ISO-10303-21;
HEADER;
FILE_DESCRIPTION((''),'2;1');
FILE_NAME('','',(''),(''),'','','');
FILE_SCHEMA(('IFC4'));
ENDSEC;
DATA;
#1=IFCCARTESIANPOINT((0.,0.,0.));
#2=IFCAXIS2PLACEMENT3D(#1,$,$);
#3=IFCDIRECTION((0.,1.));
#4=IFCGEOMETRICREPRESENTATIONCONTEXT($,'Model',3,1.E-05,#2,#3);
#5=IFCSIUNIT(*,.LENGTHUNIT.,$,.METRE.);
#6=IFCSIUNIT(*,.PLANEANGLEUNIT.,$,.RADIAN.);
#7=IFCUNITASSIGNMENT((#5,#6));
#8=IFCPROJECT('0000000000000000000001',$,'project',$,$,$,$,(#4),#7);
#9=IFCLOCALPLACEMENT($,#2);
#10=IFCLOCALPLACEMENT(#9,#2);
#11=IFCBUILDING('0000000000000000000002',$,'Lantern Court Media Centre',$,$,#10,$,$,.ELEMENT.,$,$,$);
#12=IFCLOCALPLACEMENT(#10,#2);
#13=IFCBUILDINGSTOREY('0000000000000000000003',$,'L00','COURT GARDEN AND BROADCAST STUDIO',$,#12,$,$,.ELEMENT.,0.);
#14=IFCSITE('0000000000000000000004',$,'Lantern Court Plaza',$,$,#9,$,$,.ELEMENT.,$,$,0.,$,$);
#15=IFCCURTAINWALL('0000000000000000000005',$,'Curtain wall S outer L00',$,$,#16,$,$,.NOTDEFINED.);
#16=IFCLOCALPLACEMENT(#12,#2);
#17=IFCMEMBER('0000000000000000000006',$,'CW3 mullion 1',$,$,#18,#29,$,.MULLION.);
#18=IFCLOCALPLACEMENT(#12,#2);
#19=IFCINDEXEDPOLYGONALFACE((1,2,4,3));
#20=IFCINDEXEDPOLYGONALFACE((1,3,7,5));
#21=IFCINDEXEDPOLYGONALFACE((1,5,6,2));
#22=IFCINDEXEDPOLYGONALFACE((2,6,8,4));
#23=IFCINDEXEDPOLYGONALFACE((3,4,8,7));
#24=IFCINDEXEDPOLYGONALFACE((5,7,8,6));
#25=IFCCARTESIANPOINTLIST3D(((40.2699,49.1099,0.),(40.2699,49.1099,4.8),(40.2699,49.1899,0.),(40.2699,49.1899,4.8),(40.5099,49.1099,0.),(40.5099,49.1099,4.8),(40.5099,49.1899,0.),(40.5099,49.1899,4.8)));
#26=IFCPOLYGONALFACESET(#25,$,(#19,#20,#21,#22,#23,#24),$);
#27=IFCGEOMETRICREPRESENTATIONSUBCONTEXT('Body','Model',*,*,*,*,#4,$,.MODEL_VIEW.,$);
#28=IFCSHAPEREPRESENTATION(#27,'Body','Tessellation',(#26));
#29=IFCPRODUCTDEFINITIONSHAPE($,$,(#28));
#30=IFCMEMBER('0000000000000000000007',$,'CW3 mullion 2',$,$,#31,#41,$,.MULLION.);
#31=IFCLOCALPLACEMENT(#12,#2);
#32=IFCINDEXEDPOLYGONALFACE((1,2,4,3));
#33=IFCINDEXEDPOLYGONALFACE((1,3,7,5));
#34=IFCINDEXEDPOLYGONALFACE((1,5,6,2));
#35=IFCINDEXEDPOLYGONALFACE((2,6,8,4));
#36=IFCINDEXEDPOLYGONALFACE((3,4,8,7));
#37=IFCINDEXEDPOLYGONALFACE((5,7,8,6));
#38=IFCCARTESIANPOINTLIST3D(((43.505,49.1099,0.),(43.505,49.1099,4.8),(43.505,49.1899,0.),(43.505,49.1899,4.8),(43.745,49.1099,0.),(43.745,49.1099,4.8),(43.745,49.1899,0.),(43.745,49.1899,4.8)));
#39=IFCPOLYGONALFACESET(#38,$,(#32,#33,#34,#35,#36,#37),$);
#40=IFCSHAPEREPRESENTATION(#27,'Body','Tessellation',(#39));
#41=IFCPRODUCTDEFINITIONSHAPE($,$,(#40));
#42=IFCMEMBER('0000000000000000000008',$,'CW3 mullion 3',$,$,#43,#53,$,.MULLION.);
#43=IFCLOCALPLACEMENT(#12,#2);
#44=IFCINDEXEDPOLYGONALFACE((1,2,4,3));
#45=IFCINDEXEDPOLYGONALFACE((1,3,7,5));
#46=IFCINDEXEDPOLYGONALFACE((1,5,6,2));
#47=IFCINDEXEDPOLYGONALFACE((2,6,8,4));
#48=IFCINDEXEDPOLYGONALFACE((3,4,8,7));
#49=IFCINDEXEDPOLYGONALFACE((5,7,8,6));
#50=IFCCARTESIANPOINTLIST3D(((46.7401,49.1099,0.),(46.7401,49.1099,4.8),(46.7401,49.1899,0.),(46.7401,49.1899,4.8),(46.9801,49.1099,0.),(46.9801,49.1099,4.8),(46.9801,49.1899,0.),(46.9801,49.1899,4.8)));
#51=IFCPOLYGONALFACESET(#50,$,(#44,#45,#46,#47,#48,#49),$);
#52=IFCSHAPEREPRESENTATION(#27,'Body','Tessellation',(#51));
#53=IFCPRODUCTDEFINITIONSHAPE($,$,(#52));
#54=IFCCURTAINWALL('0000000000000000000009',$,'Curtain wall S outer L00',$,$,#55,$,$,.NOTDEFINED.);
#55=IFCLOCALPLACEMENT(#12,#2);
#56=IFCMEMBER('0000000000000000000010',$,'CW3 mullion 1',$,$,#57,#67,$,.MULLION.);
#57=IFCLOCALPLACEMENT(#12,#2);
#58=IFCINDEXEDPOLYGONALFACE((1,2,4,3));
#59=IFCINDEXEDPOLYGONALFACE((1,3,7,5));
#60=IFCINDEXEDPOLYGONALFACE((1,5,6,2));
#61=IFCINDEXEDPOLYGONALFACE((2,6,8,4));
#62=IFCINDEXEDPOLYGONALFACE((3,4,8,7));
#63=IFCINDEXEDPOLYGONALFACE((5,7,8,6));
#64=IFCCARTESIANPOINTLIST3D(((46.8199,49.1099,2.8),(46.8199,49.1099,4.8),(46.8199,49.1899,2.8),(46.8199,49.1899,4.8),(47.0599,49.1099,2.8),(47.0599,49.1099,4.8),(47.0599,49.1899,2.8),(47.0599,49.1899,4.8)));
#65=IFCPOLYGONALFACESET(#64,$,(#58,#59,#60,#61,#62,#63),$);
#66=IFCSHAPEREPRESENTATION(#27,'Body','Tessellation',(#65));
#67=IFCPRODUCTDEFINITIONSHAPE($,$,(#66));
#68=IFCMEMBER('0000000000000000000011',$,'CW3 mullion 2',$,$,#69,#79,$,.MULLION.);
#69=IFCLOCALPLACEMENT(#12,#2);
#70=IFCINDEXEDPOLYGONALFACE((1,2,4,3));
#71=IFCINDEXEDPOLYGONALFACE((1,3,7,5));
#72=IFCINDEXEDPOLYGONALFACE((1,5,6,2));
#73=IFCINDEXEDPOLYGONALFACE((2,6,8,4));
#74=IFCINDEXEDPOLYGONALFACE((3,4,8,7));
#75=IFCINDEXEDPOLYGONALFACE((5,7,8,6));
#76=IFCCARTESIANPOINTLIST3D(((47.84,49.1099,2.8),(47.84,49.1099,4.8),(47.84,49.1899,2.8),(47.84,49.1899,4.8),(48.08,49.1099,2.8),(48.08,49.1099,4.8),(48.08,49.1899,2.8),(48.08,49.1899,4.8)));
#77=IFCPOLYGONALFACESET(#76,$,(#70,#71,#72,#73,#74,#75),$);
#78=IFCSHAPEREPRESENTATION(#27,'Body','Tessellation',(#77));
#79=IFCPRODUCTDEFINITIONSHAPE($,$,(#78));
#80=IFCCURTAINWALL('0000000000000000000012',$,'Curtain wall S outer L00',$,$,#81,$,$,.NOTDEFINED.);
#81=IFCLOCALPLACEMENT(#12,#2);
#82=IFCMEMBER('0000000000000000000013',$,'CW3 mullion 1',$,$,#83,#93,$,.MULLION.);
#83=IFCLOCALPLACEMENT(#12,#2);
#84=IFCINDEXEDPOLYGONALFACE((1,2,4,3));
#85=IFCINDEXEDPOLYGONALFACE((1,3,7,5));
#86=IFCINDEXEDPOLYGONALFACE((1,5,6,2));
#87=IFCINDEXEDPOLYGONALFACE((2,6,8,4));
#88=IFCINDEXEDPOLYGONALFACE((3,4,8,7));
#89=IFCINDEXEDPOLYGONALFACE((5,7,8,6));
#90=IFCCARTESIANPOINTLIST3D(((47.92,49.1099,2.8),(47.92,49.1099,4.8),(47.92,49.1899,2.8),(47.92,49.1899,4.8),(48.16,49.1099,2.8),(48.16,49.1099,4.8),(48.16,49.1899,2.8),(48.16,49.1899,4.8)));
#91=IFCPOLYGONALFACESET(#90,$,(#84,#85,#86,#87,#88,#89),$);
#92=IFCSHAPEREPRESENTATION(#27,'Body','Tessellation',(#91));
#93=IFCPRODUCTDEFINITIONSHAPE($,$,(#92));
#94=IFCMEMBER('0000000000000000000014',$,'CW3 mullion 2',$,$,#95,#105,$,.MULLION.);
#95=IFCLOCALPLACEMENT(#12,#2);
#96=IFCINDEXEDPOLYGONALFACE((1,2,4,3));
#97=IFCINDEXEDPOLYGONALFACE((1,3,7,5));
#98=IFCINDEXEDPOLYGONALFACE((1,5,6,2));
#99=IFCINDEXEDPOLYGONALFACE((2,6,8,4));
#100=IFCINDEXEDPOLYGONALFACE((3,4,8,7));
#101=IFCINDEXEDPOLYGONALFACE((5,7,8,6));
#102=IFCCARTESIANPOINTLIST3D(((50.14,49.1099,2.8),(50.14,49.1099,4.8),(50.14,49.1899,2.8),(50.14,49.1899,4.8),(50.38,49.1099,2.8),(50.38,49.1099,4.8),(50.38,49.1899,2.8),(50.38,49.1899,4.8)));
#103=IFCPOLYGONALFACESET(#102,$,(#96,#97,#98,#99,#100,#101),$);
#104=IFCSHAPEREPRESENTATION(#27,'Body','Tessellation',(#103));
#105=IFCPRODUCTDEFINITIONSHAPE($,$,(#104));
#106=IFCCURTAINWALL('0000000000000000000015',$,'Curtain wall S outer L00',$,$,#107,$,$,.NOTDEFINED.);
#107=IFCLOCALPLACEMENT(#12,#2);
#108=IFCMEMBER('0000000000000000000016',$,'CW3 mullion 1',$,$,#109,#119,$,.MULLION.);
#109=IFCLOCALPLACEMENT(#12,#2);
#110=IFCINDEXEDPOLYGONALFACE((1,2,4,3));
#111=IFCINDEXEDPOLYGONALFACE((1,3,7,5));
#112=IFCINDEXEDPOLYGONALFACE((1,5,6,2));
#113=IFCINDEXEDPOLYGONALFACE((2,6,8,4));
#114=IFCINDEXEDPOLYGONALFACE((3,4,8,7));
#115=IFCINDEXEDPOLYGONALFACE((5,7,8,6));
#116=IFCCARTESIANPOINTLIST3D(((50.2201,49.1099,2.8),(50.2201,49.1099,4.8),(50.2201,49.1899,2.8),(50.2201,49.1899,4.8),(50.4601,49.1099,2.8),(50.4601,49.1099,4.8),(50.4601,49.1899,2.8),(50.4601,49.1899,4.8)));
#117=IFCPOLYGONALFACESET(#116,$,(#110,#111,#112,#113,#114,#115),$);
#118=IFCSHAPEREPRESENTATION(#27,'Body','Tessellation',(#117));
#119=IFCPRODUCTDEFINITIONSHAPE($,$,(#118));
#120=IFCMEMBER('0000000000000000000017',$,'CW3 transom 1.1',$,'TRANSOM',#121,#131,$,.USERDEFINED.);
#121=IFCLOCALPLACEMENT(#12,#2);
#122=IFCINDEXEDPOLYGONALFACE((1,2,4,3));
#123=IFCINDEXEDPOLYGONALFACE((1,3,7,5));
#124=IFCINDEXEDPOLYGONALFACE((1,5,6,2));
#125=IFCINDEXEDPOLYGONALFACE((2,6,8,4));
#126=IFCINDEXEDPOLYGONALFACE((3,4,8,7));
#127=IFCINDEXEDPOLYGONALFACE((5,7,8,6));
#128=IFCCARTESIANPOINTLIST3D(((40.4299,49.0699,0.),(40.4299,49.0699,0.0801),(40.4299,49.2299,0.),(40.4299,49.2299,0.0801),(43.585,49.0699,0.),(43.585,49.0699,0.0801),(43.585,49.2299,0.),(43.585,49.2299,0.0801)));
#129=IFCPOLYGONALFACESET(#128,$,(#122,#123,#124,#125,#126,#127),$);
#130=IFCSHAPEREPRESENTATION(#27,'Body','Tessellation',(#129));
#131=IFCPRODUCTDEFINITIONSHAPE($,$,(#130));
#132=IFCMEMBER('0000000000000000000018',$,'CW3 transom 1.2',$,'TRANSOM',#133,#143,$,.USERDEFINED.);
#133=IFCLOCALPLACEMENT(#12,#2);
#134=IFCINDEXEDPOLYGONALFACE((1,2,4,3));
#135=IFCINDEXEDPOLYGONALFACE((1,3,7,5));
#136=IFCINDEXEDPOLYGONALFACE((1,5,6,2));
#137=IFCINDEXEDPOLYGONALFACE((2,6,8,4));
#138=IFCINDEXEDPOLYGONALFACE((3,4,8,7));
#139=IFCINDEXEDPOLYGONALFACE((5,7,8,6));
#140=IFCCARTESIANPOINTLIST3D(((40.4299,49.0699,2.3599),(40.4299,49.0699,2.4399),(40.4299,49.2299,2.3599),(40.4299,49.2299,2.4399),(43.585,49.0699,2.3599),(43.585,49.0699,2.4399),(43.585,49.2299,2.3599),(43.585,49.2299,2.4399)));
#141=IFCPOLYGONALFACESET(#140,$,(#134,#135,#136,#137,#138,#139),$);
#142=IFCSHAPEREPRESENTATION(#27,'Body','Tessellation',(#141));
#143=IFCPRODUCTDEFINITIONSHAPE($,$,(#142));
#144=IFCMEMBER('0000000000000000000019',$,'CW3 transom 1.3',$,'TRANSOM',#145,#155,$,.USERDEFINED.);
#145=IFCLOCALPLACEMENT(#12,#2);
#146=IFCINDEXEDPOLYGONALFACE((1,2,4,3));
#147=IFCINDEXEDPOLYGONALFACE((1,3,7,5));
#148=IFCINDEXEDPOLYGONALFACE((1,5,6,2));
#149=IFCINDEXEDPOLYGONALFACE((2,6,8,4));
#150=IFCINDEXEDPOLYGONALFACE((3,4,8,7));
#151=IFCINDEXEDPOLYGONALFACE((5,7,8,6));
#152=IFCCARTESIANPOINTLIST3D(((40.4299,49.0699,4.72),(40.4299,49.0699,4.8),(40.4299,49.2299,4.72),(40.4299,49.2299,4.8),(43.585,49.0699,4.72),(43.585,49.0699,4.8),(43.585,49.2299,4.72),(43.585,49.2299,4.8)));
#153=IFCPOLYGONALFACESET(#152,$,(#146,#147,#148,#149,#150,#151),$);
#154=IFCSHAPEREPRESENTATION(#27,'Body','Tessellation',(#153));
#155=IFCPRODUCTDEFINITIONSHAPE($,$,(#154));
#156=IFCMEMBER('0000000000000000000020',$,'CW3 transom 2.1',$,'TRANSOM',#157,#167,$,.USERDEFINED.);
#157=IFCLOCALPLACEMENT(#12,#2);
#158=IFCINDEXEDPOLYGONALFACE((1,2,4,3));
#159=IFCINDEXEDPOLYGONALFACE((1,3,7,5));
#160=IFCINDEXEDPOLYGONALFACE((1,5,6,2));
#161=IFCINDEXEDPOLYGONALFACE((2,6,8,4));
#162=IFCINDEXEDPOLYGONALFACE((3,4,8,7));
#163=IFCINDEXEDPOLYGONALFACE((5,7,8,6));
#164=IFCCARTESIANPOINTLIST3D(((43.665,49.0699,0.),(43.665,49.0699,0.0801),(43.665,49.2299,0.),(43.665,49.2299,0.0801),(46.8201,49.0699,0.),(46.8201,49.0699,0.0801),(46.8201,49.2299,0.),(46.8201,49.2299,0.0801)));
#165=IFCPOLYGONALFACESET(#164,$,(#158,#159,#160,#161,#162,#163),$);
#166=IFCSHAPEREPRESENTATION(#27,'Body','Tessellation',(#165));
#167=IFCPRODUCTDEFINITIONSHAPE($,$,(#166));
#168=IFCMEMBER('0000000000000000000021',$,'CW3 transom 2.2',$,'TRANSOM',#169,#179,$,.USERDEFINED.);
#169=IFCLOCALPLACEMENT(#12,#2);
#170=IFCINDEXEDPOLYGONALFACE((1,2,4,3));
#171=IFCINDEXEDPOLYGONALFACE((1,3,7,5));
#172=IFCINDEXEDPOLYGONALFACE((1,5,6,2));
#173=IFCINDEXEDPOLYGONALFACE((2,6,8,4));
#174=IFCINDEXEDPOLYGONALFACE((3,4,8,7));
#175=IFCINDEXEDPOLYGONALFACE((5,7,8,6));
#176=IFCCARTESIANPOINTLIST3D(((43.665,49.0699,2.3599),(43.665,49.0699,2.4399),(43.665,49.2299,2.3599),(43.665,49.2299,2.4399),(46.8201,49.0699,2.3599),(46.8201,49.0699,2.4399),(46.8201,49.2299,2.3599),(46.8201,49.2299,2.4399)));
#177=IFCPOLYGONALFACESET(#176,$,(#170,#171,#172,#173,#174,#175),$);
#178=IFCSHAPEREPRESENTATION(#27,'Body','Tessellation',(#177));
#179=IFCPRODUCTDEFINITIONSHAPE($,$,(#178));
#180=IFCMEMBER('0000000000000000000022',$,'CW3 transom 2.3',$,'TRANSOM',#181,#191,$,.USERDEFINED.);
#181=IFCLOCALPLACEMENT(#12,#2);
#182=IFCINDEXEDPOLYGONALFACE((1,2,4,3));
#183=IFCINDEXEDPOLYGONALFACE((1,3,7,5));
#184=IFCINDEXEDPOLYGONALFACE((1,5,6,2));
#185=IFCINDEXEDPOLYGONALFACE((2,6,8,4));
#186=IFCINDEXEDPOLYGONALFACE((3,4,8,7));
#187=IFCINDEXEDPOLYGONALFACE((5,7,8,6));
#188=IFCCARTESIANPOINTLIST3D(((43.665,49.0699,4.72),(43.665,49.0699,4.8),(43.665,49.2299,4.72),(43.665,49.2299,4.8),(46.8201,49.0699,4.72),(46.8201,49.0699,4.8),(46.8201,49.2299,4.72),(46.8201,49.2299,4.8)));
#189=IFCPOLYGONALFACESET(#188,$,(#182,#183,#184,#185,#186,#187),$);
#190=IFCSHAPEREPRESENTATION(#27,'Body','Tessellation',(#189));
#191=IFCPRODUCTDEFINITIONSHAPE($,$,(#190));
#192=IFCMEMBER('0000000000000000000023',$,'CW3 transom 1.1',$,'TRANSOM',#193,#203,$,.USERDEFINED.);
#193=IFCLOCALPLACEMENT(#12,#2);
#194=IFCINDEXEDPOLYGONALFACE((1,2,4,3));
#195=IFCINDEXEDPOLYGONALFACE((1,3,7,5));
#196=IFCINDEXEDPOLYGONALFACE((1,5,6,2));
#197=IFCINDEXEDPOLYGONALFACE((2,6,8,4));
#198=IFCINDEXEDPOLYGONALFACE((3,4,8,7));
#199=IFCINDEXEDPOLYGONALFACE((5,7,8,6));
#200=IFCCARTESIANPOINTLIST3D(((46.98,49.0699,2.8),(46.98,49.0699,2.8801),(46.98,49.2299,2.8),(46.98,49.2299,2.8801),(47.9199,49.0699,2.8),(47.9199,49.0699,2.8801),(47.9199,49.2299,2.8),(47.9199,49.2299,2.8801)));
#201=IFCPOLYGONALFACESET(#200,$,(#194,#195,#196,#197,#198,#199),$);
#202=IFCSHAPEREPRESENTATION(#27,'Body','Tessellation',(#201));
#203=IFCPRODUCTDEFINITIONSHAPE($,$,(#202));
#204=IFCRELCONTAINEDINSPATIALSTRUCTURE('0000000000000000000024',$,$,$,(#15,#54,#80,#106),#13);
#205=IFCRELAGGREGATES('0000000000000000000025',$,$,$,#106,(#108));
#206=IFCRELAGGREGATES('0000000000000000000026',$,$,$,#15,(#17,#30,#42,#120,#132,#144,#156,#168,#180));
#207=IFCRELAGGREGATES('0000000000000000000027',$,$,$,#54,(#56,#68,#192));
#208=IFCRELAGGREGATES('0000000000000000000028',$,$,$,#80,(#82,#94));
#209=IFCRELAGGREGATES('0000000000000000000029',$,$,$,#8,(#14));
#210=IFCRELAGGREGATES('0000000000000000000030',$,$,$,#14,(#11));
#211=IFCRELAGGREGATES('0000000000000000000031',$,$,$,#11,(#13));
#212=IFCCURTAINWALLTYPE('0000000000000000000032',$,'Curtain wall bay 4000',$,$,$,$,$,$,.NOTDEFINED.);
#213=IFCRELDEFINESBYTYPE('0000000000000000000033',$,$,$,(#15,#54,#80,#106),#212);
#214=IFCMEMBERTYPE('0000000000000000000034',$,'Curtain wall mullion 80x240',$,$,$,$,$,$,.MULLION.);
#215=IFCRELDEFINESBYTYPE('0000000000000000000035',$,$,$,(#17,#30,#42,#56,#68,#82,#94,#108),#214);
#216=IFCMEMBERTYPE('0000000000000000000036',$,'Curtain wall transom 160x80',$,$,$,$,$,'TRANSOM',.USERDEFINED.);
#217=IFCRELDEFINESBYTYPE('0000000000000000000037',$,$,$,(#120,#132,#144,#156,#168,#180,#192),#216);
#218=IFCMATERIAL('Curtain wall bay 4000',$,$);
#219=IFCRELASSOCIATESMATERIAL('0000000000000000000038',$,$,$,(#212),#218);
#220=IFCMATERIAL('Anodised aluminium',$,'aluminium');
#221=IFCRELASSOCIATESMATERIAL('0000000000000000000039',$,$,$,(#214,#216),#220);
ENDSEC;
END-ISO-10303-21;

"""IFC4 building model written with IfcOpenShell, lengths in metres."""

from ifc_helpers import new_model, si_unit, direction, frame, origin, origin_2d, place, context, subcontext, project, spatial, rectangle, extrude, material, material_profile, profile_set, type_object, element, aggregate, save


model = new_model("IFC4")

# Units and contexts
model_context = context("Model", 3, precision=1e-05, world=origin(), true_north=direction((0.0, 1.0)))
body_context = subcontext(model_context, "Body", "Model", "MODEL_VIEW")
ifc_project = project(units=[si_unit("LENGTHUNIT", "METRE"), si_unit("PLANEANGLEUNIT", "RADIAN")], contexts=[model_context])

# Site, building, storey
site_placement = place(None, origin())
site = spatial("IfcSite", under=ifc_project, at=site_placement, Name="Lantern Court Plaza", CompositionType="ELEMENT", RefElevation=0.0)
building_placement = place(site_placement, origin())
building = spatial("IfcBuilding", under=site, at=building_placement, Name="Lantern Court Media Centre", CompositionType="ELEMENT")
storey_placement = place(building_placement, origin())
storey = spatial("IfcBuildingStorey", under=building, at=storey_placement, Name="L00", Description="COURT GARDEN AND BROADCAST STUDIO", CompositionType="ELEMENT", Elevation=0.0)

# Curtain walls, members
ifc_material_1 = material(Name="Curtain wall bay 4000")
curtain_wall_type = type_object("IfcCurtainWallType", Name="Curtain wall bay 4000", PredefinedType="NOTDEFINED", material=ifc_material_1)
curtain_wall_1_placement = place(storey_placement, origin())
curtain_wall_1 = element("IfcCurtainWall", 1, at=curtain_wall_1_placement, inside=storey, type_object=curtain_wall_type, Name="Curtain wall S outer L00", PredefinedType="NOTDEFINED")
ifc_material_2 = material(Name="Anodised aluminium", Category="aluminium")
ifc_material_profile_1 = material_profile(ifc_material_2, rectangle(XDim=0.0801, YDim=0.24, at=origin_2d()), Name="AL 80x240")
ifc_profile_set_1 = profile_set([ifc_material_profile_1], Name="Anodised aluminium")
member_type_1 = type_object("IfcMemberType", Name="Curtain wall mullion 80x240", PredefinedType="MULLION", material=ifc_profile_set_1)
member_1_placement = place(storey_placement, frame((40.3899, 49.1499, 0.0), z_axis=(0.0, 0.0, 1.0), x_axis=(0.0, 1.0, 0.0)))
member_1 = element("IfcMember", 2, at=member_1_placement, type_object=member_type_1, Name="CW3 mullion 1", PredefinedType="MULLION", context=body_context, shape_type="SweptSolid", body=[
    extrude(rectangle(XDim=0.0801, YDim=0.24, at=origin_2d()), origin(), (0.0, 0.0, 1.0), 4.8),
])
member_2_placement = place(storey_placement, frame((43.625, 49.1499, 0.0), z_axis=(0.0, 0.0, 1.0), x_axis=(0.0, 1.0, 0.0)))
member_2 = element("IfcMember", 3, at=member_2_placement, type_object=member_type_1, Name="CW3 mullion 2", PredefinedType="MULLION", context=body_context, shape_type="SweptSolid", body=[
    extrude(rectangle(XDim=0.0801, YDim=0.24, at=origin_2d()), origin(), (0.0, 0.0, 1.0), 4.8),
])
member_3_placement = place(storey_placement, frame((46.8601, 49.1499, 0.0), z_axis=(0.0, 0.0, 1.0), x_axis=(0.0, 1.0, 0.0)))
member_3 = element("IfcMember", 4, at=member_3_placement, type_object=member_type_1, Name="CW3 mullion 3", PredefinedType="MULLION", context=body_context, shape_type="SweptSolid", body=[
    extrude(rectangle(XDim=0.0801, YDim=0.24, at=origin_2d()), origin(), (0.0, 0.0, 1.0), 4.8),
])
curtain_wall_2_placement = place(storey_placement, origin())
curtain_wall_2 = element("IfcCurtainWall", 5, at=curtain_wall_2_placement, inside=storey, type_object=curtain_wall_type, Name="Curtain wall S outer L00", PredefinedType="NOTDEFINED")
member_4_placement = place(storey_placement, frame((46.9399, 49.1499, 2.8), z_axis=(0.0, 0.0, 1.0), x_axis=(0.0, 1.0, 0.0)))
member_4 = element("IfcMember", 6, at=member_4_placement, type_object=member_type_1, Name="CW3 mullion 1", PredefinedType="MULLION", context=body_context, shape_type="SweptSolid", body=[
    extrude(rectangle(XDim=0.0801, YDim=0.24, at=origin_2d()), origin(), (0.0, 0.0, 1.0), 2.0),
])
member_5_placement = place(storey_placement, frame((47.96, 49.1499, 2.8), z_axis=(0.0, 0.0, 1.0), x_axis=(0.0, 1.0, 0.0)))
member_5 = element("IfcMember", 7, at=member_5_placement, type_object=member_type_1, Name="CW3 mullion 2", PredefinedType="MULLION", context=body_context, shape_type="SweptSolid", body=[
    extrude(rectangle(XDim=0.0801, YDim=0.24, at=origin_2d()), origin(), (0.0, 0.0, 1.0), 2.0),
])
curtain_wall_3_placement = place(storey_placement, origin())
curtain_wall_3 = element("IfcCurtainWall", 8, at=curtain_wall_3_placement, inside=storey, type_object=curtain_wall_type, Name="Curtain wall S outer L00", PredefinedType="NOTDEFINED")
member_6_placement = place(storey_placement, frame((48.04, 49.1499, 2.8), z_axis=(0.0, 0.0, 1.0), x_axis=(0.0, 1.0, 0.0)))
member_6 = element("IfcMember", 9, at=member_6_placement, type_object=member_type_1, Name="CW3 mullion 1", PredefinedType="MULLION", context=body_context, shape_type="SweptSolid", body=[
    extrude(rectangle(XDim=0.0801, YDim=0.24, at=origin_2d()), origin(), (0.0, 0.0, 1.0), 2.0),
])
member_7_placement = place(storey_placement, frame((50.26, 49.1499, 2.8), z_axis=(0.0, 0.0, 1.0), x_axis=(0.0, 1.0, 0.0)))
member_7 = element("IfcMember", 10, at=member_7_placement, type_object=member_type_1, Name="CW3 mullion 2", PredefinedType="MULLION", context=body_context, shape_type="SweptSolid", body=[
    extrude(rectangle(XDim=0.0801, YDim=0.24, at=origin_2d()), origin(), (0.0, 0.0, 1.0), 2.0),
])

# Curtain wall, member
curtain_wall_4_placement = place(storey_placement, origin())
curtain_wall_4 = element("IfcCurtainWall", 11, at=curtain_wall_4_placement, inside=storey, type_object=curtain_wall_type, Name="Curtain wall S outer L00", PredefinedType="NOTDEFINED")
member_8_placement = place(storey_placement, frame((50.3401, 49.1499, 2.8), z_axis=(0.0, 0.0, 1.0), x_axis=(0.0, 1.0, 0.0)))
member_8 = element("IfcMember", 12, at=member_8_placement, type_object=member_type_1, Name="CW3 mullion 1", PredefinedType="MULLION", context=body_context, shape_type="SweptSolid", body=[
    extrude(rectangle(XDim=0.0801, YDim=0.24, at=origin_2d()), origin(), (0.0, 0.0, 1.0), 2.0),
])
aggregate(curtain_wall_4, [member_8])

# Members
ifc_material_profile_2 = material_profile(ifc_material_2, rectangle(XDim=0.1599, YDim=0.0801, at=origin_2d()), Name="AL 80x160")
ifc_profile_set_2 = profile_set([ifc_material_profile_2], Name="Anodised aluminium")
member_type_2 = type_object("IfcMemberType", Name="Curtain wall transom 160x80", ElementType="TRANSOM", PredefinedType="USERDEFINED", material=ifc_profile_set_2)
member_9_placement = place(storey_placement, frame((40.4299, 49.1499, 0.04), z_axis=(1.0, 0.0, 0.0), x_axis=(0.0, 1.0, 0.0)))
member_9 = element("IfcMember", 13, at=member_9_placement, type_object=member_type_2, Name="CW3 transom 1.1", ObjectType="TRANSOM", PredefinedType="USERDEFINED", context=body_context, shape_type="SweptSolid", body=[
    extrude(rectangle(XDim=0.1599, YDim=0.0801, at=origin_2d()), origin(), (0.0, 0.0, 1.0), 3.155),
])
member_10_placement = place(storey_placement, frame((40.4299, 49.1499, 2.3999), z_axis=(1.0, 0.0, 0.0), x_axis=(0.0, 1.0, 0.0)))
member_10 = element("IfcMember", 14, at=member_10_placement, type_object=member_type_2, Name="CW3 transom 1.2", ObjectType="TRANSOM", PredefinedType="USERDEFINED", context=body_context, shape_type="SweptSolid", body=[
    extrude(rectangle(XDim=0.1599, YDim=0.0801, at=origin_2d()), origin(), (0.0, 0.0, 1.0), 3.155),
])
member_11_placement = place(storey_placement, frame((40.4299, 49.1499, 4.76), z_axis=(1.0, 0.0, 0.0), x_axis=(0.0, 1.0, 0.0)))
member_11 = element("IfcMember", 15, at=member_11_placement, type_object=member_type_2, Name="CW3 transom 1.3", ObjectType="TRANSOM", PredefinedType="USERDEFINED", context=body_context, shape_type="SweptSolid", body=[
    extrude(rectangle(XDim=0.1599, YDim=0.0801, at=origin_2d()), origin(), (0.0, 0.0, 1.0), 3.155),
])
member_12_placement = place(storey_placement, frame((43.665, 49.1499, 0.04), z_axis=(1.0, 0.0, 0.0), x_axis=(0.0, 1.0, 0.0)))
member_12 = element("IfcMember", 16, at=member_12_placement, type_object=member_type_2, Name="CW3 transom 2.1", ObjectType="TRANSOM", PredefinedType="USERDEFINED", context=body_context, shape_type="SweptSolid", body=[
    extrude(rectangle(XDim=0.1599, YDim=0.0801, at=origin_2d()), origin(), (0.0, 0.0, 1.0), 3.155),
])
member_13_placement = place(storey_placement, frame((43.665, 49.1499, 2.3999), z_axis=(1.0, 0.0, 0.0), x_axis=(0.0, 1.0, 0.0)))
member_13 = element("IfcMember", 17, at=member_13_placement, type_object=member_type_2, Name="CW3 transom 2.2", ObjectType="TRANSOM", PredefinedType="USERDEFINED", context=body_context, shape_type="SweptSolid", body=[
    extrude(rectangle(XDim=0.1599, YDim=0.0801, at=origin_2d()), origin(), (0.0, 0.0, 1.0), 3.155),
])
member_14_placement = place(storey_placement, frame((43.665, 49.1499, 4.76), z_axis=(1.0, 0.0, 0.0), x_axis=(0.0, 1.0, 0.0)))
member_14 = element("IfcMember", 18, at=member_14_placement, type_object=member_type_2, Name="CW3 transom 2.3", ObjectType="TRANSOM", PredefinedType="USERDEFINED", context=body_context, shape_type="SweptSolid", body=[
    extrude(rectangle(XDim=0.1599, YDim=0.0801, at=origin_2d()), origin(), (0.0, 0.0, 1.0), 3.155),
])
member_15_placement = place(storey_placement, frame((46.98, 49.1499, 2.8401), z_axis=(1.0, 0.0, 0.0), x_axis=(0.0, 1.0, 0.0)))
member_15 = element("IfcMember", 19, at=member_15_placement, type_object=member_type_2, Name="CW3 transom 1.1", ObjectType="TRANSOM", PredefinedType="USERDEFINED", context=body_context, shape_type="SweptSolid", body=[
    extrude(rectangle(XDim=0.1599, YDim=0.0801, at=origin_2d()), origin(), (0.0, 0.0, 1.0), 0.9399),
])

aggregate(curtain_wall_1, [member_1, member_2, member_3, member_9, member_10, member_11, member_12, member_13, member_14])
aggregate(curtain_wall_2, [member_4, member_5, member_15])
aggregate(curtain_wall_3, [member_6, member_7])

save(model, "model.ifc")
